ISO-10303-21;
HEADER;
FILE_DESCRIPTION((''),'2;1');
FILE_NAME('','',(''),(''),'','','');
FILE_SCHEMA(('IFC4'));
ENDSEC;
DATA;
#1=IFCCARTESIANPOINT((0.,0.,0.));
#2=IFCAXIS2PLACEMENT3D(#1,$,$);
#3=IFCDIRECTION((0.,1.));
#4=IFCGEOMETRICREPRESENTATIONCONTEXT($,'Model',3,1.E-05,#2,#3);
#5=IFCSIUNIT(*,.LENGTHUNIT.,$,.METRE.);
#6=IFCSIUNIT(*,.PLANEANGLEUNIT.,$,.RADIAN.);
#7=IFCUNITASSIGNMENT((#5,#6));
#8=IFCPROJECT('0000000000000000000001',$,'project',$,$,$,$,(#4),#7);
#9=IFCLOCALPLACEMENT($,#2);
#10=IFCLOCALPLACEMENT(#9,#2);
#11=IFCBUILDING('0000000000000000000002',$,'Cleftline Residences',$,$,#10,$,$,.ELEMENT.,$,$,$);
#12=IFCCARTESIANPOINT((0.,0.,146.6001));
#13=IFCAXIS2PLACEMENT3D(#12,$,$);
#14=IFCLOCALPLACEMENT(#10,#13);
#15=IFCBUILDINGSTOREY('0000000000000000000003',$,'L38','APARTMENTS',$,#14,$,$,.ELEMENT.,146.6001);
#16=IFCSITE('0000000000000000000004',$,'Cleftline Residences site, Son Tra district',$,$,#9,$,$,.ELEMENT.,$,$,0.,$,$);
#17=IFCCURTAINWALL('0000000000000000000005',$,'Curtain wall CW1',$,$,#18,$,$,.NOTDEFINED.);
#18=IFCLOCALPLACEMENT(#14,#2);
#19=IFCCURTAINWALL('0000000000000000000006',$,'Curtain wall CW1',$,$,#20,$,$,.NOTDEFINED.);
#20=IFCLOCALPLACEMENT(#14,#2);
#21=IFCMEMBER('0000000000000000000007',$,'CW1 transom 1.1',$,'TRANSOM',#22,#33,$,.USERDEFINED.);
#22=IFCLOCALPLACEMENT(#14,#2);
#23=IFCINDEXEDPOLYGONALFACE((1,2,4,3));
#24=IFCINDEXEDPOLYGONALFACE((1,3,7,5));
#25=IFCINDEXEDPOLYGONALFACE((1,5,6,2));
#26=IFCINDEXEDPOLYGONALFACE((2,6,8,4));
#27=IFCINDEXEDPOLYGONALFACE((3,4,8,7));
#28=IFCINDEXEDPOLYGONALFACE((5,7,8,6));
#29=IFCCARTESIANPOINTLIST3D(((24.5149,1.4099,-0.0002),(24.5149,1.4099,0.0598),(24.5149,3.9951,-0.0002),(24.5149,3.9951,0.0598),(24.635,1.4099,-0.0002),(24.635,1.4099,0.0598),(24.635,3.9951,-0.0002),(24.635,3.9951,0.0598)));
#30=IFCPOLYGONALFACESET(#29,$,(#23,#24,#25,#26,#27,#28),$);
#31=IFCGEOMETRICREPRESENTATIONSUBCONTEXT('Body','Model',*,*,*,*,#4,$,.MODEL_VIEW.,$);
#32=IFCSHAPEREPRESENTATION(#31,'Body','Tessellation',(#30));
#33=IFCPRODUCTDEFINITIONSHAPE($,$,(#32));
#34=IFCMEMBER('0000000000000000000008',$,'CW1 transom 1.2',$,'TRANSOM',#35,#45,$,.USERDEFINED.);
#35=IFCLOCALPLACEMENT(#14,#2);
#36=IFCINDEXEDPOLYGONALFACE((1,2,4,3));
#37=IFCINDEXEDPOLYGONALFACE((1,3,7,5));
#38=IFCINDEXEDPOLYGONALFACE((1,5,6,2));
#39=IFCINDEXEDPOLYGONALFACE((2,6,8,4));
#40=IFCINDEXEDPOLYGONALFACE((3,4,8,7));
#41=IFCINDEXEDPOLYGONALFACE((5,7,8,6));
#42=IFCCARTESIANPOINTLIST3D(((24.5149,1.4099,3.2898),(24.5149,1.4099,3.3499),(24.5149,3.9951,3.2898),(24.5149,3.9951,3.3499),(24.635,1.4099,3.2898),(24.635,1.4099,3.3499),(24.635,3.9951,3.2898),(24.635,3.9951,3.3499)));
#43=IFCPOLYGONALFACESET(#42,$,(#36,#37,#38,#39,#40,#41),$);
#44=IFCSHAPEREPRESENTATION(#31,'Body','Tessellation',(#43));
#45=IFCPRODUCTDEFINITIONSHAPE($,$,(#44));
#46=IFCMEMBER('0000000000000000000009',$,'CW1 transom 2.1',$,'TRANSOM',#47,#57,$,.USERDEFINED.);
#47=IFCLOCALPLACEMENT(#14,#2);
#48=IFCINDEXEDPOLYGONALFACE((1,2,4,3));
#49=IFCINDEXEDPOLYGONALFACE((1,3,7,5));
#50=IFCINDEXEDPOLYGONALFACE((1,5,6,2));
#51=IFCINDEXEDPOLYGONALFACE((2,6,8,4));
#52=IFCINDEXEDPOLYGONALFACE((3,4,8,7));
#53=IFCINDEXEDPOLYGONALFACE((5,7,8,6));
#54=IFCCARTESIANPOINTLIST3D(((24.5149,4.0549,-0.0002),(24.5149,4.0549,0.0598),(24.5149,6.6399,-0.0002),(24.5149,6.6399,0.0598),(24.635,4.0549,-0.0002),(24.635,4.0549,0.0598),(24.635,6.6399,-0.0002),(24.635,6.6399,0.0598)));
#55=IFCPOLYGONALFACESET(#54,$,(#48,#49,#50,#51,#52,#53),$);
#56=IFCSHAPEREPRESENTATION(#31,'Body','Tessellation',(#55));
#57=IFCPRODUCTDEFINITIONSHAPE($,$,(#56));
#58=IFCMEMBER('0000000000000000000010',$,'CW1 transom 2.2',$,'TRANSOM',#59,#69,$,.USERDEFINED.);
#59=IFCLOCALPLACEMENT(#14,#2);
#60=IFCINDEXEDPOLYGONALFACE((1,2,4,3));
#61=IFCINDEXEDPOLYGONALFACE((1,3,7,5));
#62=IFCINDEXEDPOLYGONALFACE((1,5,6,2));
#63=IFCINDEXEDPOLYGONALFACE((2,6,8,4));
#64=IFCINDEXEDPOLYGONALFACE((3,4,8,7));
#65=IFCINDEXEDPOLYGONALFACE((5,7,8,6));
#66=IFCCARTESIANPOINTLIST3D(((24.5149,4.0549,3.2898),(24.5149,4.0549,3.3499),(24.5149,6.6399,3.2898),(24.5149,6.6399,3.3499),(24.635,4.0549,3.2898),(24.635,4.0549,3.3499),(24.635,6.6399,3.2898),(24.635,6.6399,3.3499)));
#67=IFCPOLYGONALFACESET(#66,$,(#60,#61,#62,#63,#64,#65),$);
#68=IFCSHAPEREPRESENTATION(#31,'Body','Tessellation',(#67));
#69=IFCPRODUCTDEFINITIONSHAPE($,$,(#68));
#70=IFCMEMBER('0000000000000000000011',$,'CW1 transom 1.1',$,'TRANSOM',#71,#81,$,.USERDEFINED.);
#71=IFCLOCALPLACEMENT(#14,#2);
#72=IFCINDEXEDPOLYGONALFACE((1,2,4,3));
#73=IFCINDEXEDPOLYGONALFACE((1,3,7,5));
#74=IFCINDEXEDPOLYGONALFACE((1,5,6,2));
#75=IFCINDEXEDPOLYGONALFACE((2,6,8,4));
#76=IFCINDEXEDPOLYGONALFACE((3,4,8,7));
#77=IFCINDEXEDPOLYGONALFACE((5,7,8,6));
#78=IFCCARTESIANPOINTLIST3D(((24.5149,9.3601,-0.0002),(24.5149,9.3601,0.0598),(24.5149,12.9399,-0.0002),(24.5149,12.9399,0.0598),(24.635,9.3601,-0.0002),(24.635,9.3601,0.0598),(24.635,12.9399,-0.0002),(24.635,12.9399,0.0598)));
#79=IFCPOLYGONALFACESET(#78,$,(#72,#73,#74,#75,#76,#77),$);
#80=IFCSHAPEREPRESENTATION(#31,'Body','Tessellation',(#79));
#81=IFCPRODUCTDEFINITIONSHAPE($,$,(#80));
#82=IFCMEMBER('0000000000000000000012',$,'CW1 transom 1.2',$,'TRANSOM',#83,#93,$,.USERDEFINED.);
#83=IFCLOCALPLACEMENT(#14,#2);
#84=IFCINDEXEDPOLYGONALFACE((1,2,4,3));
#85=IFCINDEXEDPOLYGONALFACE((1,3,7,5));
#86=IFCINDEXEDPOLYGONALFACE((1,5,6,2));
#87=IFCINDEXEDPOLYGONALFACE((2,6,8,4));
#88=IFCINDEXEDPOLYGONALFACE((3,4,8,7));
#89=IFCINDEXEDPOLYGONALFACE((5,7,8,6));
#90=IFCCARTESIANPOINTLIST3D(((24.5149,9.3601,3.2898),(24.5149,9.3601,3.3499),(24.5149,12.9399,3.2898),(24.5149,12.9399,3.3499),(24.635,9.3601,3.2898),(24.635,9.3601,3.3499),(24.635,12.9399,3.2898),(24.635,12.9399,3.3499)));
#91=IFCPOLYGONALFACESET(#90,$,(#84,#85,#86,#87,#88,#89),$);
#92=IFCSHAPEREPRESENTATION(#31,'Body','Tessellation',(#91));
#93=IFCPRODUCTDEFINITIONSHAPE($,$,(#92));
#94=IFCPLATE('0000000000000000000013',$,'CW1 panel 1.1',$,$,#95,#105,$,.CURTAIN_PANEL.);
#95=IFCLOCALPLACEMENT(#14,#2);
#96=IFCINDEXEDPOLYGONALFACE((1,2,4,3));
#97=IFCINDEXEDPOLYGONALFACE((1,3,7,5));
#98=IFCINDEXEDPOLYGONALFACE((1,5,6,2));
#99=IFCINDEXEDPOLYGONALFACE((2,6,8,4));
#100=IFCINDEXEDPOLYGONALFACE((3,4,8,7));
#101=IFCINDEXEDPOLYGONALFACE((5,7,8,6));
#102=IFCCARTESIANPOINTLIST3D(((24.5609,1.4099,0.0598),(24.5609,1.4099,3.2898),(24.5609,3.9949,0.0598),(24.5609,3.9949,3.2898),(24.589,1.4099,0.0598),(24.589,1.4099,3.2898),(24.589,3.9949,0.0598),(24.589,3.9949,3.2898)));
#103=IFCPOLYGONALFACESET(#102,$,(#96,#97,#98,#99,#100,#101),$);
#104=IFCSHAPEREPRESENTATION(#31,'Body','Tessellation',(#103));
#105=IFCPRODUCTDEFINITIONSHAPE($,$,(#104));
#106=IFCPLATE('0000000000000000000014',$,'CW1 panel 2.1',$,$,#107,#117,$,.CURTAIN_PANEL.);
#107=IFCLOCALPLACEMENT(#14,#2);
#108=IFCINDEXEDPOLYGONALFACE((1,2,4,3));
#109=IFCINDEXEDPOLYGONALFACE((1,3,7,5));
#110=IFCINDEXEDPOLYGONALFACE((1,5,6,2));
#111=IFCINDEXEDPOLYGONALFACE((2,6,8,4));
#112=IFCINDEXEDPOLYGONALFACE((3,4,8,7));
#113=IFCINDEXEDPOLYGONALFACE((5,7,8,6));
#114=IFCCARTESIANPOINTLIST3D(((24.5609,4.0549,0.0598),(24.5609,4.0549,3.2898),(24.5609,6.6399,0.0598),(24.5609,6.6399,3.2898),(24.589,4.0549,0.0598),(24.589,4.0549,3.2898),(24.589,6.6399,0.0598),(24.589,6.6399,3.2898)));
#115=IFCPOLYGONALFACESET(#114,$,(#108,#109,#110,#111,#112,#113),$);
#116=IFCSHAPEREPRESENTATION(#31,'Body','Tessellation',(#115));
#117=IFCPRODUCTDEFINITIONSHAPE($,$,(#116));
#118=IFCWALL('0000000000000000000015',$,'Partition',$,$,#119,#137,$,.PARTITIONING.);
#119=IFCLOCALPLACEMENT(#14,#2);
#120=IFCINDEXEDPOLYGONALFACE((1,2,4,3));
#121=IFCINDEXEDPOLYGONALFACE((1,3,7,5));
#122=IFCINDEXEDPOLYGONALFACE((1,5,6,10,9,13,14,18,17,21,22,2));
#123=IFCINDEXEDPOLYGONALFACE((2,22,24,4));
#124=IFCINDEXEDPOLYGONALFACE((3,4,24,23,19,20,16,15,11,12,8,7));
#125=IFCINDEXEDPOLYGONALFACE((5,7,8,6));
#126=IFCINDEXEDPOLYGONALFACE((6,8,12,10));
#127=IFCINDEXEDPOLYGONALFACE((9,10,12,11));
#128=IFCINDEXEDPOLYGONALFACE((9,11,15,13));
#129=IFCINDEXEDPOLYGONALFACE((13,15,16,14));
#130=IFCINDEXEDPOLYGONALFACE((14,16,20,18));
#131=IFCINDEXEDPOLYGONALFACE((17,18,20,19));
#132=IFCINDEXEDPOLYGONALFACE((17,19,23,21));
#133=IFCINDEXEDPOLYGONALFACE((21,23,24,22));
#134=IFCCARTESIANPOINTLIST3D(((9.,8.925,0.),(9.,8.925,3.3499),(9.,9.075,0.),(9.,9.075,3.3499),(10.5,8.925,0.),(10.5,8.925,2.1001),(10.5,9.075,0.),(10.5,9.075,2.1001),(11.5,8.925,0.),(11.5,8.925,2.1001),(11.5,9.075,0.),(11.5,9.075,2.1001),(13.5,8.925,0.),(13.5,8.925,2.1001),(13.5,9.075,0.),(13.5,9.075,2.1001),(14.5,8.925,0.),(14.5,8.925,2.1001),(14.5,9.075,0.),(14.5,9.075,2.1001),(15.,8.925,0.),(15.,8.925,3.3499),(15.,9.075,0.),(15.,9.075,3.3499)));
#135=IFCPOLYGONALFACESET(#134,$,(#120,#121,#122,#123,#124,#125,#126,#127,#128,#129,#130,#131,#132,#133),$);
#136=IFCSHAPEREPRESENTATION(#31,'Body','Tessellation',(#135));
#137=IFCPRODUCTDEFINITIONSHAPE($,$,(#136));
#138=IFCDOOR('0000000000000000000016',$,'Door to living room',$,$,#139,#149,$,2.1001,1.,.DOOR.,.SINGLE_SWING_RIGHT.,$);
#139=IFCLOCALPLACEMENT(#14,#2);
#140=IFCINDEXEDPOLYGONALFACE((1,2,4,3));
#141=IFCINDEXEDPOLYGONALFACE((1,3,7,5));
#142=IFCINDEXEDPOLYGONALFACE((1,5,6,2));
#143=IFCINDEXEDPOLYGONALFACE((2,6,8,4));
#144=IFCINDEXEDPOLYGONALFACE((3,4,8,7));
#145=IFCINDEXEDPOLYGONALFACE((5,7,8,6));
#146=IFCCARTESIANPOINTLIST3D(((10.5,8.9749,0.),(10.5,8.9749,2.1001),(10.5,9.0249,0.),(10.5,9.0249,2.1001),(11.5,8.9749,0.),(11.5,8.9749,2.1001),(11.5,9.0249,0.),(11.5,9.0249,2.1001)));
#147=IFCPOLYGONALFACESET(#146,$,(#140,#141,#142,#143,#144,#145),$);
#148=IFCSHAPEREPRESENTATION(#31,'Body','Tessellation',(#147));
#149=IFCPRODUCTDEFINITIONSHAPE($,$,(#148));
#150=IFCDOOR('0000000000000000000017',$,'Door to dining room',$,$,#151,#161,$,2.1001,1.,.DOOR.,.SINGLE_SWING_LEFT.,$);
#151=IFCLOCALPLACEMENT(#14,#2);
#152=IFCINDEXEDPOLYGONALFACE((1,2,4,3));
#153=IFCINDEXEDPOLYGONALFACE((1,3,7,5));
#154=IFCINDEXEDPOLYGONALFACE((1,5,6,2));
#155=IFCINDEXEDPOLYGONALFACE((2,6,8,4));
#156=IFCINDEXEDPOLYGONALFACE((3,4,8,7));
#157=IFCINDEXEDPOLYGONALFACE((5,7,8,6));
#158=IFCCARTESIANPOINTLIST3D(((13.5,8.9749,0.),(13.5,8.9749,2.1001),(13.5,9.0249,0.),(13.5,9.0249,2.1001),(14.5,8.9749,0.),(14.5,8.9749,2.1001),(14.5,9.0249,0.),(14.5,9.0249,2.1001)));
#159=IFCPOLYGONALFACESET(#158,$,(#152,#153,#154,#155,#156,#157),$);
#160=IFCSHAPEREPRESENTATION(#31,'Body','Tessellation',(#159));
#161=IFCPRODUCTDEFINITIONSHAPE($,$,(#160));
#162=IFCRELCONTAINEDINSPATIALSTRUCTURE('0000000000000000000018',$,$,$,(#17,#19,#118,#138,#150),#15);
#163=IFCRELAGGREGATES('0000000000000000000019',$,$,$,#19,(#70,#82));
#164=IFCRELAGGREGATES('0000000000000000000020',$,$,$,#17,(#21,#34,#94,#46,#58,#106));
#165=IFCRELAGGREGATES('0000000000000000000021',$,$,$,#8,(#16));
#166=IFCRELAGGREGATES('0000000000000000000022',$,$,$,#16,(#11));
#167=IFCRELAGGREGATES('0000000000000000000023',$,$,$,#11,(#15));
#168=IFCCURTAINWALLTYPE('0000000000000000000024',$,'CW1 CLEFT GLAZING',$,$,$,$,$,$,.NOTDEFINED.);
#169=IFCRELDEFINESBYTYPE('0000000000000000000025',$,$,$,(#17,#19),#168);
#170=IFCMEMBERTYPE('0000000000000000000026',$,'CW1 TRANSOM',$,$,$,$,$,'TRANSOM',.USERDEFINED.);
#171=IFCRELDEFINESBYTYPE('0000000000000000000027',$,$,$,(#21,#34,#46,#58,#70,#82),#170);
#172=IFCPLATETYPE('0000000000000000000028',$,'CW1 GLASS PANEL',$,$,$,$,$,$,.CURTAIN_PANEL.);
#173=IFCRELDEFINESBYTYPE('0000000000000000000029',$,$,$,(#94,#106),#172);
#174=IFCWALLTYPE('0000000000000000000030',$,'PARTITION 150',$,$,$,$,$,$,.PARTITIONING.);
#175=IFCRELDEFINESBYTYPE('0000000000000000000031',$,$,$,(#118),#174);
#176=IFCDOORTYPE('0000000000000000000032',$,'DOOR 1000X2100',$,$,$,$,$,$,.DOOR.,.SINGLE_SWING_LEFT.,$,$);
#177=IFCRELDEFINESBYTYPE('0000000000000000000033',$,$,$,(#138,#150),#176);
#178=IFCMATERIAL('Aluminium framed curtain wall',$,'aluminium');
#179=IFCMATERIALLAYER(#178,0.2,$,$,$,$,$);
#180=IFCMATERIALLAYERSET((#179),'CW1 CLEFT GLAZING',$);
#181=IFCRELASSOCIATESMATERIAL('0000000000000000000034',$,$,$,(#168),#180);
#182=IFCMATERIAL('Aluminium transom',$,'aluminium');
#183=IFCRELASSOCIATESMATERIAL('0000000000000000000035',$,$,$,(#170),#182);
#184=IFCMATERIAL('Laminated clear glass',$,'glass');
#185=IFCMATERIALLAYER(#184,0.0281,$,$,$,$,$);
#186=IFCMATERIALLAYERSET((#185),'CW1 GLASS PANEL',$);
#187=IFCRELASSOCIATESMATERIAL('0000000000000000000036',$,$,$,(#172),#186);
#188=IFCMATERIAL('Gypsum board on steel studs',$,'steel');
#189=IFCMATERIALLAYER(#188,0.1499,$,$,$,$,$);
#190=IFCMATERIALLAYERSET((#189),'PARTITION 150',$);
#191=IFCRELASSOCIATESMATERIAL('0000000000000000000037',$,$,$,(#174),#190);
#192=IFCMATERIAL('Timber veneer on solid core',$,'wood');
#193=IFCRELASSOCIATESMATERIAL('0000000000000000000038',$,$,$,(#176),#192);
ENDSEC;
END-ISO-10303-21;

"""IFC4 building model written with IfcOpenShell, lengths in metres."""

from ifc_helpers import new_model, si_unit, direction, frame, frame_2d, origin, origin_2d, place, context, subcontext, project, spatial, rectangle, extrude, material, layer, layer_set, material_profile, profile_set, type_object, element, fill, aggregate, save


model = new_model("IFC4")

# Units and contexts
model_context = context("Model", 3, precision=1e-05, world=origin(), true_north=direction((0.0, 1.0)))
body_context = subcontext(model_context, "Body", "Model", "MODEL_VIEW")
ifc_project = project(units=[si_unit("LENGTHUNIT", "METRE"), si_unit("PLANEANGLEUNIT", "RADIAN")], contexts=[model_context])

# Site, building, storey
site_placement = place(None, origin())
site = spatial("IfcSite", under=ifc_project, at=site_placement, Name="Cleftline Residences site, Son Tra district", CompositionType="ELEMENT", RefElevation=0.0)
building_placement = place(site_placement, origin())
building = spatial("IfcBuilding", under=site, at=building_placement, Name="Cleftline Residences", CompositionType="ELEMENT")
storey_placement = place(building_placement, frame((0.0, 0.0, 146.6001)))
storey = spatial("IfcBuildingStorey", under=building, at=storey_placement, Name="L38", Description="APARTMENTS", CompositionType="ELEMENT", Elevation=146.6001)

# Curtain wall
ifc_material_1 = material(Name="Aluminium framed curtain wall", Category="aluminium")
ifc_layer_1 = layer(ifc_material_1, 0.2)
ifc_layer_set_1 = layer_set([ifc_layer_1], Name="CW1 CLEFT GLAZING")
curtain_wall_type = type_object("IfcCurtainWallType", Name="CW1 CLEFT GLAZING", PredefinedType="NOTDEFINED", material=ifc_layer_set_1)
curtain_wall_1_placement = place(storey_placement, origin())
curtain_wall_1 = element("IfcCurtainWall", 1, at=curtain_wall_1_placement, inside=storey, type_object=curtain_wall_type, Name="Curtain wall CW1", PredefinedType="NOTDEFINED")

# Curtain wall
curtain_wall_2_placement = place(storey_placement, origin())
curtain_wall_2 = element("IfcCurtainWall", 2, at=curtain_wall_2_placement, inside=storey, type_object=curtain_wall_type, Name="Curtain wall CW1", PredefinedType="NOTDEFINED")

# Members
ifc_material_2 = material(Name="Aluminium transom", Category="aluminium")
ifc_material_profile_1 = material_profile(ifc_material_2, rectangle(XDim=0.1201, YDim=0.0601, at=origin_2d()))
ifc_profile_set_1 = profile_set([ifc_material_profile_1], Name="Aluminium transom")
member_type_1 = type_object("IfcMemberType", Name="CW1 TRANSOM", ElementType="TRANSOM", PredefinedType="USERDEFINED", material=ifc_profile_set_1)
member_1_placement = place(storey_placement, frame((24.575, 1.4099, 0.0298), z_axis=(0.0, 1.0, 0.0), x_axis=(-1.0, 0.0, 0.0)))
member_1 = element("IfcMember", 3, at=member_1_placement, type_object=member_type_1, Name="CW1 transom 1.1", ObjectType="TRANSOM", PredefinedType="USERDEFINED", context=body_context, shape_type="SweptSolid", body=[
    extrude(rectangle(XDim=0.1201, YDim=0.0601, at=origin_2d()), origin(), (0.0, 0.0, 1.0), 2.5852),
])
member_2_placement = place(storey_placement, frame((24.575, 1.4099, 3.3198), z_axis=(0.0, 1.0, 0.0), x_axis=(-1.0, 0.0, 0.0)))
member_2 = element("IfcMember", 4, at=member_2_placement, type_object=member_type_1, Name="CW1 transom 1.2", ObjectType="TRANSOM", PredefinedType="USERDEFINED", context=body_context, shape_type="SweptSolid", body=[
    extrude(rectangle(XDim=0.1201, YDim=0.0601, at=origin_2d()), origin(), (0.0, 0.0, 1.0), 2.5852),
])
member_3_placement = place(storey_placement, frame((24.575, 4.0549, 0.0298), z_axis=(0.0, 1.0, 0.0), x_axis=(-1.0, 0.0, 0.0)))
member_3 = element("IfcMember", 5, at=member_3_placement, type_object=member_type_1, Name="CW1 transom 2.1", ObjectType="TRANSOM", PredefinedType="USERDEFINED", context=body_context, shape_type="SweptSolid", body=[
    extrude(rectangle(XDim=0.1201, YDim=0.0601, at=origin_2d()), origin(), (0.0, 0.0, 1.0), 2.585),
])
member_4_placement = place(storey_placement, frame((24.575, 4.0549, 3.3198), z_axis=(0.0, 1.0, 0.0), x_axis=(-1.0, 0.0, 0.0)))
member_4 = element("IfcMember", 6, at=member_4_placement, type_object=member_type_1, Name="CW1 transom 2.2", ObjectType="TRANSOM", PredefinedType="USERDEFINED", context=body_context, shape_type="SweptSolid", body=[
    extrude(rectangle(XDim=0.1201, YDim=0.0601, at=origin_2d()), origin(), (0.0, 0.0, 1.0), 2.585),
])
member_5_placement = place(storey_placement, frame((24.575, 9.3601, 0.0298), z_axis=(0.0, 1.0, 0.0), x_axis=(-1.0, 0.0, 0.0)))
member_5 = element("IfcMember", 7, at=member_5_placement, type_object=member_type_1, Name="CW1 transom 1.1", ObjectType="TRANSOM", PredefinedType="USERDEFINED", context=body_context, shape_type="SweptSolid", body=[
    extrude(rectangle(XDim=0.1201, YDim=0.0601, at=origin_2d()), origin(), (0.0, 0.0, 1.0), 3.5798),
])
member_6_placement = place(storey_placement, frame((24.575, 9.3601, 3.3198), z_axis=(0.0, 1.0, 0.0), x_axis=(-1.0, 0.0, 0.0)))
member_6 = element("IfcMember", 8, at=member_6_placement, type_object=member_type_1, Name="CW1 transom 1.2", ObjectType="TRANSOM", PredefinedType="USERDEFINED", context=body_context, shape_type="SweptSolid", body=[
    extrude(rectangle(XDim=0.1201, YDim=0.0601, at=origin_2d()), origin(), (0.0, 0.0, 1.0), 3.5798),
])
aggregate(curtain_wall_2, [member_5, member_6])

# Plates
ifc_material_3 = material(Name="Laminated clear glass", Category="glass")
ifc_layer_2 = layer(ifc_material_3, 0.0281)
ifc_layer_set_2 = layer_set([ifc_layer_2], Name="CW1 GLASS PANEL")
plate_type = type_object("IfcPlateType", Name="CW1 GLASS PANEL", PredefinedType="CURTAIN_PANEL", material=ifc_layer_set_2)
plate_1_placement = place(storey_placement, frame((24.575, 2.7024, 0.0598), z_axis=(0.0, 0.0, 1.0), x_axis=(0.0, 1.0, 0.0)))
plate_1 = element("IfcPlate", 9, at=plate_1_placement, type_object=plate_type, Name="CW1 panel 1.1", PredefinedType="CURTAIN_PANEL", context=body_context, shape_type="SweptSolid", body=[
    extrude(rectangle(XDim=2.585, YDim=0.0281, at=origin_2d()), origin(), (0.0, 0.0, 1.0), 3.23),
])
plate_2_placement = place(storey_placement, frame((24.575, 5.3474, 0.0598), z_axis=(0.0, 0.0, 1.0), x_axis=(0.0, 1.0, 0.0)))
plate_2 = element("IfcPlate", 10, at=plate_2_placement, type_object=plate_type, Name="CW1 panel 2.1", PredefinedType="CURTAIN_PANEL", context=body_context, shape_type="SweptSolid", body=[
    extrude(rectangle(XDim=2.585, YDim=0.0281, at=origin_2d()), origin(), (0.0, 0.0, 1.0), 3.23),
])
aggregate(curtain_wall_1, [member_1, member_2, plate_1, member_3, member_4, plate_2])

# Wall, openings, doors
ifc_material_4 = material(Name="Gypsum board on steel studs", Category="steel")
ifc_layer_3 = layer(ifc_material_4, 0.1499)
ifc_layer_set_3 = layer_set([ifc_layer_3], Name="PARTITION 150")
wall_type = type_object("IfcWallType", Name="PARTITION 150", PredefinedType="PARTITIONING", material=ifc_layer_set_3)
wall_1_placement = place(storey_placement, frame((9.0, 9.0, 0.0), z_axis=(0.0, 0.0, 1.0), x_axis=(1.0, 0.0, 0.0)))
wall_1 = element("IfcWall", 11, at=wall_1_placement, inside=storey, type_object=wall_type, Name="Partition", PredefinedType="PARTITIONING", context=body_context, shape_type="SweptSolid", body=[
    extrude(rectangle(XDim=6.0, YDim=0.1499, at=frame_2d((3.0, 0.0))), origin(), (0.0, 0.0, 1.0), 3.3499),
])
opening_1_placement = place(wall_1_placement, frame((1.5, 0.0, 0.0)))
opening_1 = element("IfcOpeningElement", 12, at=opening_1_placement, cuts=wall_1, PredefinedType="OPENING", context=body_context, shape_type="SweptSolid", body=[
    extrude(rectangle(XDim=1.0, YDim=2.1001, at=frame_2d((0.5, 1.05))), frame((0.0, 0.085, 0.0), z_axis=(0.0, -1.0, 0.0), x_axis=(1.0, 0.0, 0.0)), (0.0, 0.0, 1.0), 0.1699),
])
opening_2_placement = place(wall_1_placement, frame((4.5, 0.0, 0.0)))
opening_2 = element("IfcOpeningElement", 13, at=opening_2_placement, cuts=wall_1, PredefinedType="OPENING", context=body_context, shape_type="SweptSolid", body=[
    extrude(rectangle(XDim=1.0, YDim=2.1001, at=frame_2d((0.5, 1.05))), frame((0.0, 0.085, 0.0), z_axis=(0.0, -1.0, 0.0), x_axis=(1.0, 0.0, 0.0)), (0.0, 0.0, 1.0), 0.1699),
])
ifc_material_5 = material(Name="Timber veneer on solid core", Category="wood")
door_type_1 = type_object("IfcDoorType", Name="DOOR 1000X2100", OperationType="SINGLE_SWING_LEFT", PredefinedType="DOOR", material=ifc_material_5)
door_1_placement = place(opening_1_placement, origin())
door_1 = element("IfcDoor", 14, at=door_1_placement, inside=storey, type_object=door_type_1, Name="Door to living room", OperationType="SINGLE_SWING_RIGHT", OverallHeight=2.1001, OverallWidth=1.0, PredefinedType="DOOR", context=body_context, shape_type="SweptSolid", body=[
    extrude(rectangle(XDim=1.0, YDim=2.1001, at=frame_2d((0.5, 1.05))), frame((0.0, 0.0249, 0.0), z_axis=(0.0, -1.0, 0.0), x_axis=(1.0, 0.0, 0.0)), (0.0, 0.0, 1.0), 0.05),
])
fill(opening_1, door_1)
door_2_placement = place(opening_2_placement, origin())
door_2 = element("IfcDoor", 15, at=door_2_placement, inside=storey, type_object=door_type_1, Name="Door to dining room", OperationType="SINGLE_SWING_LEFT", OverallHeight=2.1001, OverallWidth=1.0, PredefinedType="DOOR", context=body_context, shape_type="SweptSolid", body=[
    extrude(rectangle(XDim=1.0, YDim=2.1001, at=frame_2d((0.5, 1.05))), frame((0.0, 0.0249, 0.0), z_axis=(0.0, -1.0, 0.0), x_axis=(1.0, 0.0, 0.0)), (0.0, 0.0, 1.0), 0.05),
])
fill(opening_2, door_2)

save(model, "model.ifc")
